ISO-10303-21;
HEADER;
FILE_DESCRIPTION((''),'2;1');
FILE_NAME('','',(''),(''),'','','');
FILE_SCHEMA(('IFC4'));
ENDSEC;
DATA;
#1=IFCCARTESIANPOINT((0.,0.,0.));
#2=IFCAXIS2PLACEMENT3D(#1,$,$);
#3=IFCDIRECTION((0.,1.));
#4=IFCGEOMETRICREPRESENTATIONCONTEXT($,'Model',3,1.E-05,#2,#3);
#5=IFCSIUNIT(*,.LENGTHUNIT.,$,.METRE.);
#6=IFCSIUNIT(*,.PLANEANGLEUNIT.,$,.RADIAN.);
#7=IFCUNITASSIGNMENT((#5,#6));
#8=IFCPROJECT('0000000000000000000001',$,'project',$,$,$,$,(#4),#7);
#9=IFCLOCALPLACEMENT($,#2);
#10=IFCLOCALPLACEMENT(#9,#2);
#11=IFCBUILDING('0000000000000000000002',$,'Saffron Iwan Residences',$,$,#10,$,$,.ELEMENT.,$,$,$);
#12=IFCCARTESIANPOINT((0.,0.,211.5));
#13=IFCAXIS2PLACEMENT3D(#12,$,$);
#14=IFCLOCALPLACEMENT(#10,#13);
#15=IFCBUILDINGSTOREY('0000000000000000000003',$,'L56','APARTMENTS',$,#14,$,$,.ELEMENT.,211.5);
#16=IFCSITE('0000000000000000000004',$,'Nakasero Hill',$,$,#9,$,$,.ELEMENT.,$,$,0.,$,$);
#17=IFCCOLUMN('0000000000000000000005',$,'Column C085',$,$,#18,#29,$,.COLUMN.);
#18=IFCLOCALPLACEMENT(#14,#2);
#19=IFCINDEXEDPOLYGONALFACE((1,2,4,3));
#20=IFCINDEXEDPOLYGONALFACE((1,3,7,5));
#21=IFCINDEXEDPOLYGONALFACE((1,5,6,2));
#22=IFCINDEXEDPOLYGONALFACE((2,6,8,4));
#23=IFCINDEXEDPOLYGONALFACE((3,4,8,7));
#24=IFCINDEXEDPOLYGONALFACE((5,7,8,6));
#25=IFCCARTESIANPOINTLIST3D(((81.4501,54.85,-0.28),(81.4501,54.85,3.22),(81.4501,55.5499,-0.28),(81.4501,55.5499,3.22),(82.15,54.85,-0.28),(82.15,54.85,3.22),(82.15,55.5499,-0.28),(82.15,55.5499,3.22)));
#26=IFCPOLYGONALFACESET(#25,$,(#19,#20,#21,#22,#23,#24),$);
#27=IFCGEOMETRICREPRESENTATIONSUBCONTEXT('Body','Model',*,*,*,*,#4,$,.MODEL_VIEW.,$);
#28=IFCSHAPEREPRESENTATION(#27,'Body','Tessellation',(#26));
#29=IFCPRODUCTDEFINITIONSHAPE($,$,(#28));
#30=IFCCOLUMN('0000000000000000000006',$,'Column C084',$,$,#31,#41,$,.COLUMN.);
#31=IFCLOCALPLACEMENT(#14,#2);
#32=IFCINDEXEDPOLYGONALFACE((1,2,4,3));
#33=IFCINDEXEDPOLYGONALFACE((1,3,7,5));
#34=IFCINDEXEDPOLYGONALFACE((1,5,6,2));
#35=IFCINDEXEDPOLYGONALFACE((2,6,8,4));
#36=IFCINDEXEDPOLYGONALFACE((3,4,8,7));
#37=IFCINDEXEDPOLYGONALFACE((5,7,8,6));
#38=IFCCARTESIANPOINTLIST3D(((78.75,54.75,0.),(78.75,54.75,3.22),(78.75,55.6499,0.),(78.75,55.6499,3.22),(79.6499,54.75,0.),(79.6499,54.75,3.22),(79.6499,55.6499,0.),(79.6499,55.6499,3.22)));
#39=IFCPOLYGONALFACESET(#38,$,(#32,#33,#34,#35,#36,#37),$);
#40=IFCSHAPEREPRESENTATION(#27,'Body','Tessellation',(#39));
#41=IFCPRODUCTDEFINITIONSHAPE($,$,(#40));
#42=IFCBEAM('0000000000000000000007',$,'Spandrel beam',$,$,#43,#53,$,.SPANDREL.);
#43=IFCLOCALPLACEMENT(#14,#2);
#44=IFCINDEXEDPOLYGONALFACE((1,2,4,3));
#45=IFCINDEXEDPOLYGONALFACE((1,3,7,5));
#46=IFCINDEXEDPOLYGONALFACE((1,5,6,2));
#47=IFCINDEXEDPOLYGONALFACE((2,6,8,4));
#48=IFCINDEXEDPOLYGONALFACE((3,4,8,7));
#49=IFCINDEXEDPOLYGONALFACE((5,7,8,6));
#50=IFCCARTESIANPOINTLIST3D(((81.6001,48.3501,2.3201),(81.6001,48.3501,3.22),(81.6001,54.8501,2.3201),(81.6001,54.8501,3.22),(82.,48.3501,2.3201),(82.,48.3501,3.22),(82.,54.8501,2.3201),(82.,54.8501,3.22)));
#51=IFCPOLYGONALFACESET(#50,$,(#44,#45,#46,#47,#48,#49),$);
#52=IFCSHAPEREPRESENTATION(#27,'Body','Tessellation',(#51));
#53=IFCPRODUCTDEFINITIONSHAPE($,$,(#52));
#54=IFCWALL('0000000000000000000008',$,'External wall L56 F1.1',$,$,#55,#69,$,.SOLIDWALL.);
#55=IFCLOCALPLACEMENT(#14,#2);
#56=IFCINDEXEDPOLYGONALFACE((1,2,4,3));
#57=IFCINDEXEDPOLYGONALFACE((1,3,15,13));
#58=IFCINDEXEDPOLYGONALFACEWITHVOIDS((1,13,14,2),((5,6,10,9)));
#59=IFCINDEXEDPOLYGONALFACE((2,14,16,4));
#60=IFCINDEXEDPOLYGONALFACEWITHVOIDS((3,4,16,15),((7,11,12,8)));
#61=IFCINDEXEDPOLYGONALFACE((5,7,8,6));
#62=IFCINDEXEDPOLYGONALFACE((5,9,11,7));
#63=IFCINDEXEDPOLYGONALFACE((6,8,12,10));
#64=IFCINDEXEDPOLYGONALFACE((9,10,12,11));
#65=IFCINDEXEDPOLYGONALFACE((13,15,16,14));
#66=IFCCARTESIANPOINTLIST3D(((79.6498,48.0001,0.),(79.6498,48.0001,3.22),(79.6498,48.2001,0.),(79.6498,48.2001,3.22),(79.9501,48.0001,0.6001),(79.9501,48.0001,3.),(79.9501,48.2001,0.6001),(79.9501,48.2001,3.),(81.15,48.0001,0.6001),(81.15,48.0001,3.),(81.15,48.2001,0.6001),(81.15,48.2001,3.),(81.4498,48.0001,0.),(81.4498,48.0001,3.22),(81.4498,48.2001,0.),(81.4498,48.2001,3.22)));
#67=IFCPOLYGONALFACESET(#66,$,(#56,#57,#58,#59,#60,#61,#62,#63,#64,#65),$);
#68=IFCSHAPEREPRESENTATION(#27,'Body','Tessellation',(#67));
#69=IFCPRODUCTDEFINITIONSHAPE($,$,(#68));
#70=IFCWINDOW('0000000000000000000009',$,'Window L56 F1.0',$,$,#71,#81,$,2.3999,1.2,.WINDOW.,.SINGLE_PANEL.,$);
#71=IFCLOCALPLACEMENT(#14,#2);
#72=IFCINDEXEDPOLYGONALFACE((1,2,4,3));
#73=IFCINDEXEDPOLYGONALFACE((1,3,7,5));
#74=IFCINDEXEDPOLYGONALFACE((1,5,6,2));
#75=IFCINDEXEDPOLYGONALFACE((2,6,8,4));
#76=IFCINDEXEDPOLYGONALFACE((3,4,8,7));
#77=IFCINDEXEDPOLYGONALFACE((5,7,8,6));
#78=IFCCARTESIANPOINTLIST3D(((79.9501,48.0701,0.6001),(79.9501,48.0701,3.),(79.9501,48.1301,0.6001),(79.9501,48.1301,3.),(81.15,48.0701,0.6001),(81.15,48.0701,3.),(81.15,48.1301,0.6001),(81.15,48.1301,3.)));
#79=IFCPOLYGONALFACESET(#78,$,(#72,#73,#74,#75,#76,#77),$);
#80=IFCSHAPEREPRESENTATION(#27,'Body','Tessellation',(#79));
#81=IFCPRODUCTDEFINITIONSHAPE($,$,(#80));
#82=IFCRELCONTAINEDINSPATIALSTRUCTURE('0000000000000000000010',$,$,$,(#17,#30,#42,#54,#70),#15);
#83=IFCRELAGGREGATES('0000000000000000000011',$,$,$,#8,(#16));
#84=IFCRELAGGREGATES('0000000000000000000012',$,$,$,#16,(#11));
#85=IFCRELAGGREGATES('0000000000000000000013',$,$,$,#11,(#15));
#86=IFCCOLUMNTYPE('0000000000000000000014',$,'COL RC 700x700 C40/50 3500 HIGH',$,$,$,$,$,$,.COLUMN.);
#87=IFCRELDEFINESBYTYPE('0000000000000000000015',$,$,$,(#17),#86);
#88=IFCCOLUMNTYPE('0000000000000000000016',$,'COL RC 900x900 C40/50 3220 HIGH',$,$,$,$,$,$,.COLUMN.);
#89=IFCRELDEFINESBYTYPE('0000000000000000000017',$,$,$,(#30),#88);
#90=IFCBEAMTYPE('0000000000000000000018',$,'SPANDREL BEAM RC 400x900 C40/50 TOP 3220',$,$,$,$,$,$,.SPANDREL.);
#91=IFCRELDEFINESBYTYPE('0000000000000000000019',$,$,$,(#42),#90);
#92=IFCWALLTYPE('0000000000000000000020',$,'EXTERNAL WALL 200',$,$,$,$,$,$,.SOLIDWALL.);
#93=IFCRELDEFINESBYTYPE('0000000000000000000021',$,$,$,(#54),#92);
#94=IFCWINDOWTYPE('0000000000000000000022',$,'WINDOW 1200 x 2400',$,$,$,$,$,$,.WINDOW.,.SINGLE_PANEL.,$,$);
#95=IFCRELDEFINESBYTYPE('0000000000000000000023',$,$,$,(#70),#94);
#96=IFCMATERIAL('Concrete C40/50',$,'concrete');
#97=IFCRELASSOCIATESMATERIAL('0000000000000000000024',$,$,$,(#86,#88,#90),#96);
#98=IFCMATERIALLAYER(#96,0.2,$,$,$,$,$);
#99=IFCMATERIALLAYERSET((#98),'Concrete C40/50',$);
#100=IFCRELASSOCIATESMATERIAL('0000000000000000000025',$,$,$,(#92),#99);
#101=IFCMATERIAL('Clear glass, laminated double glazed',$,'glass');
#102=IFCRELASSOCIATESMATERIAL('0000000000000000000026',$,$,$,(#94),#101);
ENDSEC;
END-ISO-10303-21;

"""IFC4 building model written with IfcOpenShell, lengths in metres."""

from ifc_helpers import new_model, si_unit, direction, frame, frame_2d, origin, origin_2d, place, context, subcontext, project, spatial, rectangle, extrude, source, transform, mapped, material, layer, layer_set, material_profile, profile_set, type_object, element, fill, save


model = new_model("IFC4")

# Units and contexts
model_context = context("Model", 3, precision=1e-05, world=origin(), true_north=direction((0.0, 1.0)))
body_context = subcontext(model_context, "Body", "Model", "MODEL_VIEW")
ifc_project = project(units=[si_unit("LENGTHUNIT", "METRE"), si_unit("PLANEANGLEUNIT", "RADIAN")], contexts=[model_context])

# Site, building, storey
site_placement = place(None, origin())
site = spatial("IfcSite", under=ifc_project, at=site_placement, Name="Nakasero Hill", CompositionType="ELEMENT", RefElevation=0.0)
building_placement = place(site_placement, origin())
building = spatial("IfcBuilding", under=site, at=building_placement, Name="Saffron Iwan Residences", CompositionType="ELEMENT")
storey_placement = place(building_placement, frame((0.0, 0.0, 211.5)))
storey = spatial("IfcBuildingStorey", under=building, at=storey_placement, Name="L56", Description="APARTMENTS", CompositionType="ELEMENT", Elevation=211.5)

# Columns
ifc_material_1 = material(Name="Concrete C40/50", Category="concrete")
ifc_material_profile_1 = material_profile(ifc_material_1, rectangle(XDim=0.7, YDim=0.7, at=origin_2d()), Name="RC 700x700")
ifc_profile_set_1 = profile_set([ifc_material_profile_1], Name="Concrete C40/50")
column_type_1 = type_object("IfcColumnType", Name="COL RC 700x700 C40/50 3500 HIGH", PredefinedType="COLUMN", material=ifc_profile_set_1)
shared_shape_1 = source(origin(), body_context, "Body", "SweptSolid", [
    extrude(rectangle(XDim=0.7, YDim=0.7, at=origin_2d()), origin(), (0.0, 0.0, 1.0), 3.5),
])
column_1_placement = place(storey_placement, frame((81.8, 55.2, -0.28), z_axis=(0.0, 0.0, 1.0), x_axis=(1.0, 0.0, 0.0)))
element("IfcColumn", 1, at=column_1_placement, inside=storey, type_object=column_type_1, Name="Column C085", PredefinedType="COLUMN", context=body_context, shape_type="MappedRepresentation", body=[
    mapped(shared_shape_1, transform((0.0, 0.0, 0.0))),
])
ifc_material_profile_2 = material_profile(ifc_material_1, rectangle(XDim=0.8999, YDim=0.8999, at=origin_2d()), Name="RC 900x900")
ifc_profile_set_2 = profile_set([ifc_material_profile_2], Name="Concrete C40/50")
column_type_2 = type_object("IfcColumnType", Name="COL RC 900x900 C40/50 3220 HIGH", PredefinedType="COLUMN", material=ifc_profile_set_2)
shared_shape_2 = source(origin(), body_context, "Body", "SweptSolid", [
    extrude(rectangle(XDim=0.8999, YDim=0.8999, at=origin_2d()), origin(), (0.0, 0.0, 1.0), 3.22),
])
column_2_placement = place(storey_placement, frame((79.2, 55.2, 0.0), z_axis=(0.0, 0.0, 1.0), x_axis=(1.0, 0.0, 0.0)))
element("IfcColumn", 2, at=column_2_placement, inside=storey, type_object=column_type_2, Name="Column C084", PredefinedType="COLUMN", context=body_context, shape_type="MappedRepresentation", body=[
    mapped(shared_shape_2, transform((0.0, 0.0, 0.0))),
])

# Beam
ifc_material_profile_3 = material_profile(ifc_material_1, rectangle(XDim=0.3999, YDim=0.8999, at=origin_2d()), Name="RC 400x900")
ifc_profile_set_3 = profile_set([ifc_material_profile_3], Name="Concrete C40/50")
beam_type = type_object("IfcBeamType", Name="SPANDREL BEAM RC 400x900 C40/50 TOP 3220", PredefinedType="SPANDREL", material=ifc_profile_set_3)
shared_shape_3 = source(origin(), body_context, "Body", "SweptSolid", [
    extrude(rectangle(XDim=0.3999, YDim=0.8999, at=origin_2d()), origin(), (0.0, 0.0, 1.0), 6.5),
])
beam_placement = place(storey_placement, frame((81.8, 54.8501, 2.77), z_axis=(0.0, -1.0, 0.0), x_axis=(1.0, 0.0, 0.0)))
element("IfcBeam", 3, at=beam_placement, inside=storey, type_object=beam_type, Name="Spandrel beam", PredefinedType="SPANDREL", context=body_context, shape_type="MappedRepresentation", body=[
    mapped(shared_shape_3, transform((0.0, 0.0, 0.0))),
])

# Wall, opening, window
ifc_layer_1 = layer(ifc_material_1, 0.2)
ifc_layer_set_1 = layer_set([ifc_layer_1], Name="Concrete C40/50")
wall_type_1 = type_object("IfcWallType", Name="EXTERNAL WALL 200", PredefinedType="SOLIDWALL", material=ifc_layer_set_1)
wall_1_placement = place(storey_placement, frame((79.6499, 48.1001, 0.0), z_axis=(0.0, 0.0, 1.0), x_axis=(1.0, 0.0, 0.0)))
wall_1 = element("IfcWall", 4, at=wall_1_placement, inside=storey, type_object=wall_type_1, Name="External wall L56 F1.1", PredefinedType="SOLIDWALL", context=body_context, shape_type="SweptSolid", body=[
    extrude(rectangle(XDim=1.8, YDim=0.2, at=frame_2d((0.8999, 0.0))), origin(), (0.0, 0.0, 1.0), 3.22),
])
opening_1_placement = place(wall_1_placement, frame((0.3, 0.0, 0.6001)))
opening_1 = element("IfcOpeningElement", 5, at=opening_1_placement, cuts=wall_1, PredefinedType="OPENING", context=body_context, shape_type="SweptSolid", body=[
    extrude(rectangle(XDim=1.2, YDim=2.3999, at=frame_2d((0.6001, 1.2))), frame((0.0, 0.1099, 0.0), z_axis=(0.0, -1.0, 0.0), x_axis=(1.0, 0.0, 0.0)), (0.0, 0.0, 1.0), 0.22),
])
ifc_material_2 = material(Name="Clear glass, laminated double glazed", Category="glass")
window_type_1 = type_object("IfcWindowType", Name="WINDOW 1200 x 2400", PartitioningType="SINGLE_PANEL", PredefinedType="WINDOW", material=ifc_material_2)
window_1_placement = place(opening_1_placement, origin())
window_1 = element("IfcWindow", 6, at=window_1_placement, inside=storey, type_object=window_type_1, Name="Window L56 F1.0", OverallHeight=2.3999, OverallWidth=1.2, PartitioningType="SINGLE_PANEL", PredefinedType="WINDOW", context=body_context, shape_type="SweptSolid", body=[
    extrude(rectangle(XDim=1.2, YDim=2.3999, at=frame_2d((0.6001, 1.2))), frame((0.0, 0.03, 0.0), z_axis=(0.0, -1.0, 0.0), x_axis=(1.0, 0.0, 0.0)), (0.0, 0.0, 1.0), 0.0601),
])
fill(opening_1, window_1)

save(model, "model.ifc")
